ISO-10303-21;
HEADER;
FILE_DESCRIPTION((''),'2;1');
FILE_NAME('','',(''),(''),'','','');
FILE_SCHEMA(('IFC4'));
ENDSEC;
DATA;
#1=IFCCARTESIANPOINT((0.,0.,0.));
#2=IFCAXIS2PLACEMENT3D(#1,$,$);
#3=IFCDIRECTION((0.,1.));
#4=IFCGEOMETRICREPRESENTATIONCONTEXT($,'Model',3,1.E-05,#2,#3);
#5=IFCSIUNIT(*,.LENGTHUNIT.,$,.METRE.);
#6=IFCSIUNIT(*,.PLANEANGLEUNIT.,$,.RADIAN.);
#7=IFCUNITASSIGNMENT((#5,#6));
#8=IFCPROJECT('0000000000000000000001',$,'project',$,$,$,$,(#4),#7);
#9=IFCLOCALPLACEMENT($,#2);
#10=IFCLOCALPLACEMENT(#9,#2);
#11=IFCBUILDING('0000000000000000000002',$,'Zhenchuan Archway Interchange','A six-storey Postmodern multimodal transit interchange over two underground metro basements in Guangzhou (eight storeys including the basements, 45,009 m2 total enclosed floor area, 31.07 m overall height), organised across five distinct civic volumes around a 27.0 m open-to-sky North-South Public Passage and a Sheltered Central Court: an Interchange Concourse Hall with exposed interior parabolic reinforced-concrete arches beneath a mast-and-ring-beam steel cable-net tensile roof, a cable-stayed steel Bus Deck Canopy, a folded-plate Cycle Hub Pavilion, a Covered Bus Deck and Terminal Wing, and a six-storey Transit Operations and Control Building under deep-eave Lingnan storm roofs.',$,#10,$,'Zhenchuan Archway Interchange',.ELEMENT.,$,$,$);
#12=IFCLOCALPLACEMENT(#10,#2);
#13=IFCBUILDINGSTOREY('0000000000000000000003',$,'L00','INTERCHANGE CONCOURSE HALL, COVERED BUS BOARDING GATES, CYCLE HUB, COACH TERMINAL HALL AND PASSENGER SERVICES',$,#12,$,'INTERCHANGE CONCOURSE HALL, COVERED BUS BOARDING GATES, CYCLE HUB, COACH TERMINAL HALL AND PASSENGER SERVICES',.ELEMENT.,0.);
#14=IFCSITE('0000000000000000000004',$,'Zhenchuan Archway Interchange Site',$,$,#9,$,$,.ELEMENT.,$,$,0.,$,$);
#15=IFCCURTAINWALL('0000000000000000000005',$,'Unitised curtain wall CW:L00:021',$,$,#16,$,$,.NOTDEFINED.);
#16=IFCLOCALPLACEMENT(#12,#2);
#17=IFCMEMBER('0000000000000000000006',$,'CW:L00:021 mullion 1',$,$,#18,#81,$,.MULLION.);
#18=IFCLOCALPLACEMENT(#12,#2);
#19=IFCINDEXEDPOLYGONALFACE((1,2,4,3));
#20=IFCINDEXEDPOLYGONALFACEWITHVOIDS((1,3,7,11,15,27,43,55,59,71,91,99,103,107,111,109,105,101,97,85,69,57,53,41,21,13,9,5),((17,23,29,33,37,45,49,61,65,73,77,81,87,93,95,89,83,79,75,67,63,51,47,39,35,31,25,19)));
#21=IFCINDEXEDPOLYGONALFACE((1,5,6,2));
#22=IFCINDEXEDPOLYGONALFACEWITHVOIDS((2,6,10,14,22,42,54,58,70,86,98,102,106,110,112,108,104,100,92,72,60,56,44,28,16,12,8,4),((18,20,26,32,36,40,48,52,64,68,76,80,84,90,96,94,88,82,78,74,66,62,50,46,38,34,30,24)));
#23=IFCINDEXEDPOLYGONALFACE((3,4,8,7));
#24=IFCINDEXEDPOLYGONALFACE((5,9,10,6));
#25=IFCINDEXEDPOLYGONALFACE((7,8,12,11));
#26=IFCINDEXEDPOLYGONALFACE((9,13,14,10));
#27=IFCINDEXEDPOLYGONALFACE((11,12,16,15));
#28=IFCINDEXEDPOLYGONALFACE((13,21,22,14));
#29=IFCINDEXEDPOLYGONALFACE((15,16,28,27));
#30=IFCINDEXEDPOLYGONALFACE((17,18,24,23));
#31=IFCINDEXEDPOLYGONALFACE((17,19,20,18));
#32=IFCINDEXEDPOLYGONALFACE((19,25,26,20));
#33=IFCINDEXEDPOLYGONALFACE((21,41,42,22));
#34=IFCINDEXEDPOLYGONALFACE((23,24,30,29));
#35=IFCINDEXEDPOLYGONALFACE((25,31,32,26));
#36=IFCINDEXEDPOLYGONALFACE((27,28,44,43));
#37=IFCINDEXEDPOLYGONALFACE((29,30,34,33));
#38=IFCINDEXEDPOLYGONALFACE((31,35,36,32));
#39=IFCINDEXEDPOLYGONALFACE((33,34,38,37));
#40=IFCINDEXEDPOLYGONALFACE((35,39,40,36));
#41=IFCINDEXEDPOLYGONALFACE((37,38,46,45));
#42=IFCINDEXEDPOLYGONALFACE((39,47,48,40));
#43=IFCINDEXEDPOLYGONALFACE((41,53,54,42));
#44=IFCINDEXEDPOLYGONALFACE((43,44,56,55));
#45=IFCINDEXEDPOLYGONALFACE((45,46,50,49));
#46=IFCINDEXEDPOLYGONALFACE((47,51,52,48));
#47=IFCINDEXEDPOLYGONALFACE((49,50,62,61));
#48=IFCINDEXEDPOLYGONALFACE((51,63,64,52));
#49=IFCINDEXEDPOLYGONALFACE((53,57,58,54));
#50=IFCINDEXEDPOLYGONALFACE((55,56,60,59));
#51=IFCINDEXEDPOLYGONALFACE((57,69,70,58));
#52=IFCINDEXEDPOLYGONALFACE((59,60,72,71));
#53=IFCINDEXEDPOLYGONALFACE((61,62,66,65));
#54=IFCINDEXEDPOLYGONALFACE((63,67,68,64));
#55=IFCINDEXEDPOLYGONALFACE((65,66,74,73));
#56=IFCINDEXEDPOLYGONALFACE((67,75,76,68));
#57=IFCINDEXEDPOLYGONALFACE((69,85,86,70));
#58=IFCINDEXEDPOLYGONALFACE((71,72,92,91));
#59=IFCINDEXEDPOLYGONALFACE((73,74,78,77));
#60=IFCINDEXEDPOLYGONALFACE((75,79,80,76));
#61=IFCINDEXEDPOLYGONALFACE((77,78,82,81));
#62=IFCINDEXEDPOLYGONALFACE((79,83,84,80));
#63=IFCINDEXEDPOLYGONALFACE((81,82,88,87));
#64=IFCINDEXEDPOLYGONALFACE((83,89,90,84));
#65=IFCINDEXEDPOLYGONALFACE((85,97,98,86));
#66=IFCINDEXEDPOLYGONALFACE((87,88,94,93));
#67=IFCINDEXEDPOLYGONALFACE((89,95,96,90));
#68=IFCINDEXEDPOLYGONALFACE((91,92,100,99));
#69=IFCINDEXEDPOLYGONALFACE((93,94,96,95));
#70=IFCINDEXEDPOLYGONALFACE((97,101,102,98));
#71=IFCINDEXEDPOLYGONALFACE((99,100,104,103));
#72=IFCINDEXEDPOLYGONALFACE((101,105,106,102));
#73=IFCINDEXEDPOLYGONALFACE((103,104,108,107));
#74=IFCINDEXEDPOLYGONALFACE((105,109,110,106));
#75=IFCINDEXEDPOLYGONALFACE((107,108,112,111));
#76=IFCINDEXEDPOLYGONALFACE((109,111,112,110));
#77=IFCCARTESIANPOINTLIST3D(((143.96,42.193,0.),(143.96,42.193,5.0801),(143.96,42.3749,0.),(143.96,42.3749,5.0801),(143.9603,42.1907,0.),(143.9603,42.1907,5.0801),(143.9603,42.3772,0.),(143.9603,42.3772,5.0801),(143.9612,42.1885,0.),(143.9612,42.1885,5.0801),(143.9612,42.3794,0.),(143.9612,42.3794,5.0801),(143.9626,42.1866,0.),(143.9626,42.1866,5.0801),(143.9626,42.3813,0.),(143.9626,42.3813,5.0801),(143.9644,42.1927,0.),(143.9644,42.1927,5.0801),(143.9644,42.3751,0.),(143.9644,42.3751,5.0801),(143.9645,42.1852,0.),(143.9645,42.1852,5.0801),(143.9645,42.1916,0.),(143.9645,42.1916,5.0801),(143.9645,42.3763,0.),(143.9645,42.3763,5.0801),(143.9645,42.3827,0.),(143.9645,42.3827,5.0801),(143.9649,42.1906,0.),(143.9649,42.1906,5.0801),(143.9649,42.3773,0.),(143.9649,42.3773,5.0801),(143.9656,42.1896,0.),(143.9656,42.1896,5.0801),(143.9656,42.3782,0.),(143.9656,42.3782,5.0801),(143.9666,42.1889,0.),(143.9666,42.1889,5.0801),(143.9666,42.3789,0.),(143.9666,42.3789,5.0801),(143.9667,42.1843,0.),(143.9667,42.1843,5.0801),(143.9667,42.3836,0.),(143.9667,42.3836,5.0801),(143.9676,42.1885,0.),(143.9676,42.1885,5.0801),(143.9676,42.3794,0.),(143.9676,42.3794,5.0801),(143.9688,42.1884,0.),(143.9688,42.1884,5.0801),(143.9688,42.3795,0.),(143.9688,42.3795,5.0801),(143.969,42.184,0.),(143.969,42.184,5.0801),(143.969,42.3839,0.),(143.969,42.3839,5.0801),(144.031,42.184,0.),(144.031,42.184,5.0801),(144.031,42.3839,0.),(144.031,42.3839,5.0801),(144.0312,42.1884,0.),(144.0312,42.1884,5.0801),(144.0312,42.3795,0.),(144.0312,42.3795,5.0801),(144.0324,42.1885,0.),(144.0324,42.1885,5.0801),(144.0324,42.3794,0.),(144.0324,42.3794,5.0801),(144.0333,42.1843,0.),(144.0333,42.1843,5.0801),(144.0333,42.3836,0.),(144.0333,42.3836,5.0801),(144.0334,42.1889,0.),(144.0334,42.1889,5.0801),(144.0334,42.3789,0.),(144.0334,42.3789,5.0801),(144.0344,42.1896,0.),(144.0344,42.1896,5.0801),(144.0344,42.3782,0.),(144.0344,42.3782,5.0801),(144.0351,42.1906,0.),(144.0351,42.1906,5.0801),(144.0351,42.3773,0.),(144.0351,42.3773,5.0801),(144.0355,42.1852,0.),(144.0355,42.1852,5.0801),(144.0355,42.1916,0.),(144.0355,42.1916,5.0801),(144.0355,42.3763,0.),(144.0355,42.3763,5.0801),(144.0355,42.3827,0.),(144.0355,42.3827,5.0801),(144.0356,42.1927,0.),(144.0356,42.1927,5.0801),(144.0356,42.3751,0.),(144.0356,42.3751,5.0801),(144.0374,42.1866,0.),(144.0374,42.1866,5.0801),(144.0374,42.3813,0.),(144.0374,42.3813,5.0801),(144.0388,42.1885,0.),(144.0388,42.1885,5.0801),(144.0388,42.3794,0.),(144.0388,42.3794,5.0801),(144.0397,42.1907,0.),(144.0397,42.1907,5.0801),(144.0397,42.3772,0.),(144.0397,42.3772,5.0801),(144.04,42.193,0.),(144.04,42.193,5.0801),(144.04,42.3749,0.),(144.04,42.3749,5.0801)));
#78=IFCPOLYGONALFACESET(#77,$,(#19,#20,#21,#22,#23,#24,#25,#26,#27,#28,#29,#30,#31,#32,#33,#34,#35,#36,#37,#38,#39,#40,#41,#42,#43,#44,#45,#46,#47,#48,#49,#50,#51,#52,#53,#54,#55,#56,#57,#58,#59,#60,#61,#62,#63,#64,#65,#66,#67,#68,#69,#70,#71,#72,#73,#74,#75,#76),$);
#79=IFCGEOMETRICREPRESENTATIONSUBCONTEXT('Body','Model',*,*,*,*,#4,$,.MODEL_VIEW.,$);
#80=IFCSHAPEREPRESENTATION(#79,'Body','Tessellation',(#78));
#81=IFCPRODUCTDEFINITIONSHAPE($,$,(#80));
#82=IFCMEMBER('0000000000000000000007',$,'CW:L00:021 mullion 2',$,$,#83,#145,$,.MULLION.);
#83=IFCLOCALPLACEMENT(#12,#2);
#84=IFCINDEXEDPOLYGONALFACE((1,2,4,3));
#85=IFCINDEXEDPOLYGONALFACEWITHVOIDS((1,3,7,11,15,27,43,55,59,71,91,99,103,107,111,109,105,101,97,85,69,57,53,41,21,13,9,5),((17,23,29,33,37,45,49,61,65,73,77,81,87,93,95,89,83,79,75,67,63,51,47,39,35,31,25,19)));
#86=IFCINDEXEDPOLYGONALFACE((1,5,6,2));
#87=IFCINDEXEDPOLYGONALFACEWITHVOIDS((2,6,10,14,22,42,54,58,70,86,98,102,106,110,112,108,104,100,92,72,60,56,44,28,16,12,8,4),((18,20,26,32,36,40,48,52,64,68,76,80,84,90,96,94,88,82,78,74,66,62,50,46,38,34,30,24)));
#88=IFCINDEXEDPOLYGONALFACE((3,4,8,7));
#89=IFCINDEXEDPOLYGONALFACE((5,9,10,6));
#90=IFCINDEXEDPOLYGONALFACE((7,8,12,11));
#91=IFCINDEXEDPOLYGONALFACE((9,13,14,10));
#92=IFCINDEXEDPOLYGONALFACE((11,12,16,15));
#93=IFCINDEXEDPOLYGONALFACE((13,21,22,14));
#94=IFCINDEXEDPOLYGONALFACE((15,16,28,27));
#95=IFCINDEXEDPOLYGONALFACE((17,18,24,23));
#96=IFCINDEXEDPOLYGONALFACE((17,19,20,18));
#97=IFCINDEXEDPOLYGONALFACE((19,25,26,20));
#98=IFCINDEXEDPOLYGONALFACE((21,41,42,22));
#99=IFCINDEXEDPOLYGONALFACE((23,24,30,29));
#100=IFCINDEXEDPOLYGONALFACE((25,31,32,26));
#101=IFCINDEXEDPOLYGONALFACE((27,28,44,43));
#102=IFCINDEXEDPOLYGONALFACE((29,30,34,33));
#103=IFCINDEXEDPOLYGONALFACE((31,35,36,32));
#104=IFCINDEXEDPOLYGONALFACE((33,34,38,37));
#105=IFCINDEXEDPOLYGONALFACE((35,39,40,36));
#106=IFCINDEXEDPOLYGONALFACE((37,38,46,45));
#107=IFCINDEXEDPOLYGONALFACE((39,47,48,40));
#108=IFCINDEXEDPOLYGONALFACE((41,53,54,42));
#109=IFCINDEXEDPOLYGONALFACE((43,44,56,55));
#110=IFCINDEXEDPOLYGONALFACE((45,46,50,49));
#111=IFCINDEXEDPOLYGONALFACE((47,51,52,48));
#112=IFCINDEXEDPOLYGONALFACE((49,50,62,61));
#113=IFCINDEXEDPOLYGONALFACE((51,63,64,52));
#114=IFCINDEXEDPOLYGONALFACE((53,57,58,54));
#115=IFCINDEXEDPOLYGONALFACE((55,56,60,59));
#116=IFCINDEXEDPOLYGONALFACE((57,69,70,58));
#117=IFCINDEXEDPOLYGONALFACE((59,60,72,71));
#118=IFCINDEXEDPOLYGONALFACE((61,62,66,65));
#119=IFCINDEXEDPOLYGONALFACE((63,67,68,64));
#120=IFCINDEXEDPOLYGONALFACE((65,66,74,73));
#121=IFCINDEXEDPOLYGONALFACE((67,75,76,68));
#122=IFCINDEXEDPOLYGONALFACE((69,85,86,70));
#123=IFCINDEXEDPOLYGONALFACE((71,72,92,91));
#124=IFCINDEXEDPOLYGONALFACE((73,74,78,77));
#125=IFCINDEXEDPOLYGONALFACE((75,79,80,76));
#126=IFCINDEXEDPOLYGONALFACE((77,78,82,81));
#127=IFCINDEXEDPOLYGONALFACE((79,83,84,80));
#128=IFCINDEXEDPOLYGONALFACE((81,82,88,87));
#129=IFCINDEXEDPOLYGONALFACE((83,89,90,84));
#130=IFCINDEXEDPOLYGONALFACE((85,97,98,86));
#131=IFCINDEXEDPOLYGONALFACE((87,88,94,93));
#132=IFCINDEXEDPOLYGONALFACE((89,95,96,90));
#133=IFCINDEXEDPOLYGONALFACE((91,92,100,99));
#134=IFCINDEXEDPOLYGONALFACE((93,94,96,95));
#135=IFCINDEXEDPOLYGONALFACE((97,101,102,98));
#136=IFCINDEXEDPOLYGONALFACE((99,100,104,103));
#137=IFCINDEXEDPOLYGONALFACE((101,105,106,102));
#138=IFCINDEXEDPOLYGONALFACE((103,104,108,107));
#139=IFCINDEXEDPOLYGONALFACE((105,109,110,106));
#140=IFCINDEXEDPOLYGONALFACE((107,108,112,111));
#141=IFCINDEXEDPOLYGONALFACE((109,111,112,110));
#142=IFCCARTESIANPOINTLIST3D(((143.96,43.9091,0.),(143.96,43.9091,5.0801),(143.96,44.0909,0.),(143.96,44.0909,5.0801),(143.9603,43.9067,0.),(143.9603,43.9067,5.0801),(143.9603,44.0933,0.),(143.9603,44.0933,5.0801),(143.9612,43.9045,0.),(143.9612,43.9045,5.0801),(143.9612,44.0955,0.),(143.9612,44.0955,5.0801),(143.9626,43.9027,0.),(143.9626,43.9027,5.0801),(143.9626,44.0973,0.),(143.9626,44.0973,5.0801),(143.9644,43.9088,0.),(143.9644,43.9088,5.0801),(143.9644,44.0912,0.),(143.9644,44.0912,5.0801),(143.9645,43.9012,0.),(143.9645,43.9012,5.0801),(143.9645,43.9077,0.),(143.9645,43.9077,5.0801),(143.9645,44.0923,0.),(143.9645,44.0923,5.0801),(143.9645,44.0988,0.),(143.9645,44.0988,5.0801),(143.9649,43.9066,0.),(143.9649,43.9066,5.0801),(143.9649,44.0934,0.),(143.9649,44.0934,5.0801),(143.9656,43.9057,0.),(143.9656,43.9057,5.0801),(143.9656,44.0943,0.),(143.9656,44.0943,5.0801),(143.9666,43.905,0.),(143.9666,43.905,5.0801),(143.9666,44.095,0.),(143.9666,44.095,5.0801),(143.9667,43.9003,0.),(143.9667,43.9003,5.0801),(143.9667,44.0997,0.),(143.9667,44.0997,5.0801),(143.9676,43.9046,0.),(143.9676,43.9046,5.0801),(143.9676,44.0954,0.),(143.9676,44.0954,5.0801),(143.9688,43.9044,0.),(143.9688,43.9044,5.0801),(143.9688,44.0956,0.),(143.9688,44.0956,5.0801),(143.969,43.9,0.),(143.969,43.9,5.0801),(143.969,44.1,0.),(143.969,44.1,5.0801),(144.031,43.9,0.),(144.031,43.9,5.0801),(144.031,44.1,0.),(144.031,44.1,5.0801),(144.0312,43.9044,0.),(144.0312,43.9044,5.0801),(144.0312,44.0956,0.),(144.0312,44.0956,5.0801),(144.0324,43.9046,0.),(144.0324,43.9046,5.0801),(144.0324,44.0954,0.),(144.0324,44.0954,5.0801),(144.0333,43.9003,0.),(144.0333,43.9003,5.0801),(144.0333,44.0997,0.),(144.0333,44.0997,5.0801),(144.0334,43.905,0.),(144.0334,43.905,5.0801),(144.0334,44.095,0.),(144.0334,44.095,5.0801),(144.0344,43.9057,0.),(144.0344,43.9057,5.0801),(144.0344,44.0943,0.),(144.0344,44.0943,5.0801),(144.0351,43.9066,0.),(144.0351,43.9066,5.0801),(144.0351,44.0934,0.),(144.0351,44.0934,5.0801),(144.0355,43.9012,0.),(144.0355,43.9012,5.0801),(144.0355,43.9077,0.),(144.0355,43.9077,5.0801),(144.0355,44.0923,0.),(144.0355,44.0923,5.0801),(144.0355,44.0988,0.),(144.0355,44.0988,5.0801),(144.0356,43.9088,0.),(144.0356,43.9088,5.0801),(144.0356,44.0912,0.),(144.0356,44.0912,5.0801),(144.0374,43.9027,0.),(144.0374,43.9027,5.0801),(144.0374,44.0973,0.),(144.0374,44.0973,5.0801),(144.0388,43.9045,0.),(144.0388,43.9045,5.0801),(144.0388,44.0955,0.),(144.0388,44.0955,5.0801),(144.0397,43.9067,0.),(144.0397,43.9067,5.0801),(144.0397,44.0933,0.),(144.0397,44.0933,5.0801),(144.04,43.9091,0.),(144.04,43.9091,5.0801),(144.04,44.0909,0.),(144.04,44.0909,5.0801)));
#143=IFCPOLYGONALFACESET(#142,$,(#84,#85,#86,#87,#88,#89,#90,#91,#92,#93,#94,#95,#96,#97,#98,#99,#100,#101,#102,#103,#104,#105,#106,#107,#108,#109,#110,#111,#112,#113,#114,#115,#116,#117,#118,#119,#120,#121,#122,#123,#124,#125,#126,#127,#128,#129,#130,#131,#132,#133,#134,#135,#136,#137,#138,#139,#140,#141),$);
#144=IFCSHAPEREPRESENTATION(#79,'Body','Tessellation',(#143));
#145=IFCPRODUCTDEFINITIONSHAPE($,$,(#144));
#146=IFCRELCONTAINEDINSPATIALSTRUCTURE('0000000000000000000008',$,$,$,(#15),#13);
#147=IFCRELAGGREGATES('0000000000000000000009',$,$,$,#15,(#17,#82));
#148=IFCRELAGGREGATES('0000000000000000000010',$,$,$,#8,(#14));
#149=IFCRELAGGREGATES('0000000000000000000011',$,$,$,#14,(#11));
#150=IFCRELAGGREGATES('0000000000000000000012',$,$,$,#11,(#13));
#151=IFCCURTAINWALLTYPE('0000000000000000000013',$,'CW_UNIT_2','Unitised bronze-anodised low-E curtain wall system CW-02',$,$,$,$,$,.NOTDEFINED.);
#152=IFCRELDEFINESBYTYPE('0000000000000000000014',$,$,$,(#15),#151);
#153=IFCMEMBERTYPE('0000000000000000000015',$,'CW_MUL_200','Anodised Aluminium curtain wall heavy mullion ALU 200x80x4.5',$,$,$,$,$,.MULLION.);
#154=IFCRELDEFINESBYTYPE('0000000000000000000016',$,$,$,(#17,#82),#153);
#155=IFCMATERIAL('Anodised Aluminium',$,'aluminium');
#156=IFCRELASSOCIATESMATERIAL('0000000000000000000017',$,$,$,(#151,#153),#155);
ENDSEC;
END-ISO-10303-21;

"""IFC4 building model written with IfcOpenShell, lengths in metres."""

from ifc_helpers import new_model, si_unit, direction, frame, origin, origin_2d, place, context, subcontext, project, spatial, hollow_rectangle, extrude, material, material_profile, profile_set, type_object, element, aggregate, save


model = new_model("IFC4")

# Units and contexts
model_context = context("Model", 3, precision=1e-05, world=origin(), true_north=direction((0.0, 1.0)))
body_context = subcontext(model_context, "Body", "Model", "MODEL_VIEW")
ifc_project = project(units=[si_unit("LENGTHUNIT", "METRE"), si_unit("PLANEANGLEUNIT", "RADIAN")], contexts=[model_context])

# Site, building, storey
site_placement = place(None, origin())
site = spatial("IfcSite", under=ifc_project, at=site_placement, Name="Zhenchuan Archway Interchange Site", CompositionType="ELEMENT", RefElevation=0.0)
building_placement = place(site_placement, origin())
building = spatial("IfcBuilding", under=site, at=building_placement, Name="Zhenchuan Archway Interchange", Description="A six-storey Postmodern multimodal transit interchange over two underground metro basements in Guangzhou (eight storeys including the basements, 45,009 m2 total enclosed floor area, 31.07 m overall height), organised across five distinct civic volumes around a 27.0 m open-to-sky North-South Public Passage and a Sheltered Central Court: an Interchange Concourse Hall with exposed interior parabolic reinforced-concrete arches beneath a mast-and-ring-beam steel cable-net tensile roof, a cable-stayed steel Bus Deck Canopy, a folded-plate Cycle Hub Pavilion, a Covered Bus Deck and Terminal Wing, and a six-storey Transit Operations and Control Building under deep-eave Lingnan storm roofs.", LongName="Zhenchuan Archway Interchange", CompositionType="ELEMENT")
storey_placement = place(building_placement, origin())
storey = spatial("IfcBuildingStorey", under=building, at=storey_placement, Name="L00", Description="INTERCHANGE CONCOURSE HALL, COVERED BUS BOARDING GATES, CYCLE HUB, COACH TERMINAL HALL AND PASSENGER SERVICES", LongName="INTERCHANGE CONCOURSE HALL, COVERED BUS BOARDING GATES, CYCLE HUB, COACH TERMINAL HALL AND PASSENGER SERVICES", CompositionType="ELEMENT", Elevation=0.0)

# Curtain wall, members
ifc_material_1 = material(Name="Anodised Aluminium", Category="aluminium")
curtain_wall_type = type_object("IfcCurtainWallType", Name="CW_UNIT_2", Description="Unitised bronze-anodised low-E curtain wall system CW-02", PredefinedType="NOTDEFINED", material=ifc_material_1)
curtain_wall_placement = place(storey_placement, origin())
curtain_wall = element("IfcCurtainWall", 1, at=curtain_wall_placement, inside=storey, type_object=curtain_wall_type, Name="Unitised curtain wall CW:L00:021", PredefinedType="NOTDEFINED")
ifc_material_profile_1 = material_profile(ifc_material_1, hollow_rectangle(XDim=0.0801, YDim=0.2, WallThickness=0.0044, InnerFilletRadius=0.0044, OuterFilletRadius=0.009, at=origin_2d()), Name="ALU 200x80x4.5")
ifc_profile_set_1 = profile_set([ifc_material_profile_1], Name="Anodised Aluminium")
member_type_1 = type_object("IfcMemberType", Name="CW_MUL_200", Description="Anodised Aluminium curtain wall heavy mullion ALU 200x80x4.5", PredefinedType="MULLION", material=ifc_profile_set_1)
member_1_placement = place(storey_placement, frame((144.0, 42.2839, 0.0), z_axis=(0.0, 0.0, 1.0), x_axis=(1.0, 0.0, 0.0)))
member_1 = element("IfcMember", 2, at=member_1_placement, type_object=member_type_1, Name="CW:L00:021 mullion 1", PredefinedType="MULLION", context=body_context, shape_type="SweptSolid", body=[
    extrude(hollow_rectangle(XDim=0.0801, YDim=0.2, WallThickness=0.0044, InnerFilletRadius=0.0044, OuterFilletRadius=0.009, at=origin_2d()), origin(), (0.0, 0.0, 1.0), 5.0801),
])
member_2_placement = place(storey_placement, frame((144.0, 44.0, 0.0), z_axis=(0.0, 0.0, 1.0), x_axis=(1.0, 0.0, 0.0)))
member_2 = element("IfcMember", 3, at=member_2_placement, type_object=member_type_1, Name="CW:L00:021 mullion 2", PredefinedType="MULLION", context=body_context, shape_type="SweptSolid", body=[
    extrude(hollow_rectangle(XDim=0.0801, YDim=0.2, WallThickness=0.0044, InnerFilletRadius=0.0044, OuterFilletRadius=0.009, at=origin_2d()), origin(), (0.0, 0.0, 1.0), 5.0801),
])
aggregate(curtain_wall, [member_1, member_2])

save(model, "model.ifc")
